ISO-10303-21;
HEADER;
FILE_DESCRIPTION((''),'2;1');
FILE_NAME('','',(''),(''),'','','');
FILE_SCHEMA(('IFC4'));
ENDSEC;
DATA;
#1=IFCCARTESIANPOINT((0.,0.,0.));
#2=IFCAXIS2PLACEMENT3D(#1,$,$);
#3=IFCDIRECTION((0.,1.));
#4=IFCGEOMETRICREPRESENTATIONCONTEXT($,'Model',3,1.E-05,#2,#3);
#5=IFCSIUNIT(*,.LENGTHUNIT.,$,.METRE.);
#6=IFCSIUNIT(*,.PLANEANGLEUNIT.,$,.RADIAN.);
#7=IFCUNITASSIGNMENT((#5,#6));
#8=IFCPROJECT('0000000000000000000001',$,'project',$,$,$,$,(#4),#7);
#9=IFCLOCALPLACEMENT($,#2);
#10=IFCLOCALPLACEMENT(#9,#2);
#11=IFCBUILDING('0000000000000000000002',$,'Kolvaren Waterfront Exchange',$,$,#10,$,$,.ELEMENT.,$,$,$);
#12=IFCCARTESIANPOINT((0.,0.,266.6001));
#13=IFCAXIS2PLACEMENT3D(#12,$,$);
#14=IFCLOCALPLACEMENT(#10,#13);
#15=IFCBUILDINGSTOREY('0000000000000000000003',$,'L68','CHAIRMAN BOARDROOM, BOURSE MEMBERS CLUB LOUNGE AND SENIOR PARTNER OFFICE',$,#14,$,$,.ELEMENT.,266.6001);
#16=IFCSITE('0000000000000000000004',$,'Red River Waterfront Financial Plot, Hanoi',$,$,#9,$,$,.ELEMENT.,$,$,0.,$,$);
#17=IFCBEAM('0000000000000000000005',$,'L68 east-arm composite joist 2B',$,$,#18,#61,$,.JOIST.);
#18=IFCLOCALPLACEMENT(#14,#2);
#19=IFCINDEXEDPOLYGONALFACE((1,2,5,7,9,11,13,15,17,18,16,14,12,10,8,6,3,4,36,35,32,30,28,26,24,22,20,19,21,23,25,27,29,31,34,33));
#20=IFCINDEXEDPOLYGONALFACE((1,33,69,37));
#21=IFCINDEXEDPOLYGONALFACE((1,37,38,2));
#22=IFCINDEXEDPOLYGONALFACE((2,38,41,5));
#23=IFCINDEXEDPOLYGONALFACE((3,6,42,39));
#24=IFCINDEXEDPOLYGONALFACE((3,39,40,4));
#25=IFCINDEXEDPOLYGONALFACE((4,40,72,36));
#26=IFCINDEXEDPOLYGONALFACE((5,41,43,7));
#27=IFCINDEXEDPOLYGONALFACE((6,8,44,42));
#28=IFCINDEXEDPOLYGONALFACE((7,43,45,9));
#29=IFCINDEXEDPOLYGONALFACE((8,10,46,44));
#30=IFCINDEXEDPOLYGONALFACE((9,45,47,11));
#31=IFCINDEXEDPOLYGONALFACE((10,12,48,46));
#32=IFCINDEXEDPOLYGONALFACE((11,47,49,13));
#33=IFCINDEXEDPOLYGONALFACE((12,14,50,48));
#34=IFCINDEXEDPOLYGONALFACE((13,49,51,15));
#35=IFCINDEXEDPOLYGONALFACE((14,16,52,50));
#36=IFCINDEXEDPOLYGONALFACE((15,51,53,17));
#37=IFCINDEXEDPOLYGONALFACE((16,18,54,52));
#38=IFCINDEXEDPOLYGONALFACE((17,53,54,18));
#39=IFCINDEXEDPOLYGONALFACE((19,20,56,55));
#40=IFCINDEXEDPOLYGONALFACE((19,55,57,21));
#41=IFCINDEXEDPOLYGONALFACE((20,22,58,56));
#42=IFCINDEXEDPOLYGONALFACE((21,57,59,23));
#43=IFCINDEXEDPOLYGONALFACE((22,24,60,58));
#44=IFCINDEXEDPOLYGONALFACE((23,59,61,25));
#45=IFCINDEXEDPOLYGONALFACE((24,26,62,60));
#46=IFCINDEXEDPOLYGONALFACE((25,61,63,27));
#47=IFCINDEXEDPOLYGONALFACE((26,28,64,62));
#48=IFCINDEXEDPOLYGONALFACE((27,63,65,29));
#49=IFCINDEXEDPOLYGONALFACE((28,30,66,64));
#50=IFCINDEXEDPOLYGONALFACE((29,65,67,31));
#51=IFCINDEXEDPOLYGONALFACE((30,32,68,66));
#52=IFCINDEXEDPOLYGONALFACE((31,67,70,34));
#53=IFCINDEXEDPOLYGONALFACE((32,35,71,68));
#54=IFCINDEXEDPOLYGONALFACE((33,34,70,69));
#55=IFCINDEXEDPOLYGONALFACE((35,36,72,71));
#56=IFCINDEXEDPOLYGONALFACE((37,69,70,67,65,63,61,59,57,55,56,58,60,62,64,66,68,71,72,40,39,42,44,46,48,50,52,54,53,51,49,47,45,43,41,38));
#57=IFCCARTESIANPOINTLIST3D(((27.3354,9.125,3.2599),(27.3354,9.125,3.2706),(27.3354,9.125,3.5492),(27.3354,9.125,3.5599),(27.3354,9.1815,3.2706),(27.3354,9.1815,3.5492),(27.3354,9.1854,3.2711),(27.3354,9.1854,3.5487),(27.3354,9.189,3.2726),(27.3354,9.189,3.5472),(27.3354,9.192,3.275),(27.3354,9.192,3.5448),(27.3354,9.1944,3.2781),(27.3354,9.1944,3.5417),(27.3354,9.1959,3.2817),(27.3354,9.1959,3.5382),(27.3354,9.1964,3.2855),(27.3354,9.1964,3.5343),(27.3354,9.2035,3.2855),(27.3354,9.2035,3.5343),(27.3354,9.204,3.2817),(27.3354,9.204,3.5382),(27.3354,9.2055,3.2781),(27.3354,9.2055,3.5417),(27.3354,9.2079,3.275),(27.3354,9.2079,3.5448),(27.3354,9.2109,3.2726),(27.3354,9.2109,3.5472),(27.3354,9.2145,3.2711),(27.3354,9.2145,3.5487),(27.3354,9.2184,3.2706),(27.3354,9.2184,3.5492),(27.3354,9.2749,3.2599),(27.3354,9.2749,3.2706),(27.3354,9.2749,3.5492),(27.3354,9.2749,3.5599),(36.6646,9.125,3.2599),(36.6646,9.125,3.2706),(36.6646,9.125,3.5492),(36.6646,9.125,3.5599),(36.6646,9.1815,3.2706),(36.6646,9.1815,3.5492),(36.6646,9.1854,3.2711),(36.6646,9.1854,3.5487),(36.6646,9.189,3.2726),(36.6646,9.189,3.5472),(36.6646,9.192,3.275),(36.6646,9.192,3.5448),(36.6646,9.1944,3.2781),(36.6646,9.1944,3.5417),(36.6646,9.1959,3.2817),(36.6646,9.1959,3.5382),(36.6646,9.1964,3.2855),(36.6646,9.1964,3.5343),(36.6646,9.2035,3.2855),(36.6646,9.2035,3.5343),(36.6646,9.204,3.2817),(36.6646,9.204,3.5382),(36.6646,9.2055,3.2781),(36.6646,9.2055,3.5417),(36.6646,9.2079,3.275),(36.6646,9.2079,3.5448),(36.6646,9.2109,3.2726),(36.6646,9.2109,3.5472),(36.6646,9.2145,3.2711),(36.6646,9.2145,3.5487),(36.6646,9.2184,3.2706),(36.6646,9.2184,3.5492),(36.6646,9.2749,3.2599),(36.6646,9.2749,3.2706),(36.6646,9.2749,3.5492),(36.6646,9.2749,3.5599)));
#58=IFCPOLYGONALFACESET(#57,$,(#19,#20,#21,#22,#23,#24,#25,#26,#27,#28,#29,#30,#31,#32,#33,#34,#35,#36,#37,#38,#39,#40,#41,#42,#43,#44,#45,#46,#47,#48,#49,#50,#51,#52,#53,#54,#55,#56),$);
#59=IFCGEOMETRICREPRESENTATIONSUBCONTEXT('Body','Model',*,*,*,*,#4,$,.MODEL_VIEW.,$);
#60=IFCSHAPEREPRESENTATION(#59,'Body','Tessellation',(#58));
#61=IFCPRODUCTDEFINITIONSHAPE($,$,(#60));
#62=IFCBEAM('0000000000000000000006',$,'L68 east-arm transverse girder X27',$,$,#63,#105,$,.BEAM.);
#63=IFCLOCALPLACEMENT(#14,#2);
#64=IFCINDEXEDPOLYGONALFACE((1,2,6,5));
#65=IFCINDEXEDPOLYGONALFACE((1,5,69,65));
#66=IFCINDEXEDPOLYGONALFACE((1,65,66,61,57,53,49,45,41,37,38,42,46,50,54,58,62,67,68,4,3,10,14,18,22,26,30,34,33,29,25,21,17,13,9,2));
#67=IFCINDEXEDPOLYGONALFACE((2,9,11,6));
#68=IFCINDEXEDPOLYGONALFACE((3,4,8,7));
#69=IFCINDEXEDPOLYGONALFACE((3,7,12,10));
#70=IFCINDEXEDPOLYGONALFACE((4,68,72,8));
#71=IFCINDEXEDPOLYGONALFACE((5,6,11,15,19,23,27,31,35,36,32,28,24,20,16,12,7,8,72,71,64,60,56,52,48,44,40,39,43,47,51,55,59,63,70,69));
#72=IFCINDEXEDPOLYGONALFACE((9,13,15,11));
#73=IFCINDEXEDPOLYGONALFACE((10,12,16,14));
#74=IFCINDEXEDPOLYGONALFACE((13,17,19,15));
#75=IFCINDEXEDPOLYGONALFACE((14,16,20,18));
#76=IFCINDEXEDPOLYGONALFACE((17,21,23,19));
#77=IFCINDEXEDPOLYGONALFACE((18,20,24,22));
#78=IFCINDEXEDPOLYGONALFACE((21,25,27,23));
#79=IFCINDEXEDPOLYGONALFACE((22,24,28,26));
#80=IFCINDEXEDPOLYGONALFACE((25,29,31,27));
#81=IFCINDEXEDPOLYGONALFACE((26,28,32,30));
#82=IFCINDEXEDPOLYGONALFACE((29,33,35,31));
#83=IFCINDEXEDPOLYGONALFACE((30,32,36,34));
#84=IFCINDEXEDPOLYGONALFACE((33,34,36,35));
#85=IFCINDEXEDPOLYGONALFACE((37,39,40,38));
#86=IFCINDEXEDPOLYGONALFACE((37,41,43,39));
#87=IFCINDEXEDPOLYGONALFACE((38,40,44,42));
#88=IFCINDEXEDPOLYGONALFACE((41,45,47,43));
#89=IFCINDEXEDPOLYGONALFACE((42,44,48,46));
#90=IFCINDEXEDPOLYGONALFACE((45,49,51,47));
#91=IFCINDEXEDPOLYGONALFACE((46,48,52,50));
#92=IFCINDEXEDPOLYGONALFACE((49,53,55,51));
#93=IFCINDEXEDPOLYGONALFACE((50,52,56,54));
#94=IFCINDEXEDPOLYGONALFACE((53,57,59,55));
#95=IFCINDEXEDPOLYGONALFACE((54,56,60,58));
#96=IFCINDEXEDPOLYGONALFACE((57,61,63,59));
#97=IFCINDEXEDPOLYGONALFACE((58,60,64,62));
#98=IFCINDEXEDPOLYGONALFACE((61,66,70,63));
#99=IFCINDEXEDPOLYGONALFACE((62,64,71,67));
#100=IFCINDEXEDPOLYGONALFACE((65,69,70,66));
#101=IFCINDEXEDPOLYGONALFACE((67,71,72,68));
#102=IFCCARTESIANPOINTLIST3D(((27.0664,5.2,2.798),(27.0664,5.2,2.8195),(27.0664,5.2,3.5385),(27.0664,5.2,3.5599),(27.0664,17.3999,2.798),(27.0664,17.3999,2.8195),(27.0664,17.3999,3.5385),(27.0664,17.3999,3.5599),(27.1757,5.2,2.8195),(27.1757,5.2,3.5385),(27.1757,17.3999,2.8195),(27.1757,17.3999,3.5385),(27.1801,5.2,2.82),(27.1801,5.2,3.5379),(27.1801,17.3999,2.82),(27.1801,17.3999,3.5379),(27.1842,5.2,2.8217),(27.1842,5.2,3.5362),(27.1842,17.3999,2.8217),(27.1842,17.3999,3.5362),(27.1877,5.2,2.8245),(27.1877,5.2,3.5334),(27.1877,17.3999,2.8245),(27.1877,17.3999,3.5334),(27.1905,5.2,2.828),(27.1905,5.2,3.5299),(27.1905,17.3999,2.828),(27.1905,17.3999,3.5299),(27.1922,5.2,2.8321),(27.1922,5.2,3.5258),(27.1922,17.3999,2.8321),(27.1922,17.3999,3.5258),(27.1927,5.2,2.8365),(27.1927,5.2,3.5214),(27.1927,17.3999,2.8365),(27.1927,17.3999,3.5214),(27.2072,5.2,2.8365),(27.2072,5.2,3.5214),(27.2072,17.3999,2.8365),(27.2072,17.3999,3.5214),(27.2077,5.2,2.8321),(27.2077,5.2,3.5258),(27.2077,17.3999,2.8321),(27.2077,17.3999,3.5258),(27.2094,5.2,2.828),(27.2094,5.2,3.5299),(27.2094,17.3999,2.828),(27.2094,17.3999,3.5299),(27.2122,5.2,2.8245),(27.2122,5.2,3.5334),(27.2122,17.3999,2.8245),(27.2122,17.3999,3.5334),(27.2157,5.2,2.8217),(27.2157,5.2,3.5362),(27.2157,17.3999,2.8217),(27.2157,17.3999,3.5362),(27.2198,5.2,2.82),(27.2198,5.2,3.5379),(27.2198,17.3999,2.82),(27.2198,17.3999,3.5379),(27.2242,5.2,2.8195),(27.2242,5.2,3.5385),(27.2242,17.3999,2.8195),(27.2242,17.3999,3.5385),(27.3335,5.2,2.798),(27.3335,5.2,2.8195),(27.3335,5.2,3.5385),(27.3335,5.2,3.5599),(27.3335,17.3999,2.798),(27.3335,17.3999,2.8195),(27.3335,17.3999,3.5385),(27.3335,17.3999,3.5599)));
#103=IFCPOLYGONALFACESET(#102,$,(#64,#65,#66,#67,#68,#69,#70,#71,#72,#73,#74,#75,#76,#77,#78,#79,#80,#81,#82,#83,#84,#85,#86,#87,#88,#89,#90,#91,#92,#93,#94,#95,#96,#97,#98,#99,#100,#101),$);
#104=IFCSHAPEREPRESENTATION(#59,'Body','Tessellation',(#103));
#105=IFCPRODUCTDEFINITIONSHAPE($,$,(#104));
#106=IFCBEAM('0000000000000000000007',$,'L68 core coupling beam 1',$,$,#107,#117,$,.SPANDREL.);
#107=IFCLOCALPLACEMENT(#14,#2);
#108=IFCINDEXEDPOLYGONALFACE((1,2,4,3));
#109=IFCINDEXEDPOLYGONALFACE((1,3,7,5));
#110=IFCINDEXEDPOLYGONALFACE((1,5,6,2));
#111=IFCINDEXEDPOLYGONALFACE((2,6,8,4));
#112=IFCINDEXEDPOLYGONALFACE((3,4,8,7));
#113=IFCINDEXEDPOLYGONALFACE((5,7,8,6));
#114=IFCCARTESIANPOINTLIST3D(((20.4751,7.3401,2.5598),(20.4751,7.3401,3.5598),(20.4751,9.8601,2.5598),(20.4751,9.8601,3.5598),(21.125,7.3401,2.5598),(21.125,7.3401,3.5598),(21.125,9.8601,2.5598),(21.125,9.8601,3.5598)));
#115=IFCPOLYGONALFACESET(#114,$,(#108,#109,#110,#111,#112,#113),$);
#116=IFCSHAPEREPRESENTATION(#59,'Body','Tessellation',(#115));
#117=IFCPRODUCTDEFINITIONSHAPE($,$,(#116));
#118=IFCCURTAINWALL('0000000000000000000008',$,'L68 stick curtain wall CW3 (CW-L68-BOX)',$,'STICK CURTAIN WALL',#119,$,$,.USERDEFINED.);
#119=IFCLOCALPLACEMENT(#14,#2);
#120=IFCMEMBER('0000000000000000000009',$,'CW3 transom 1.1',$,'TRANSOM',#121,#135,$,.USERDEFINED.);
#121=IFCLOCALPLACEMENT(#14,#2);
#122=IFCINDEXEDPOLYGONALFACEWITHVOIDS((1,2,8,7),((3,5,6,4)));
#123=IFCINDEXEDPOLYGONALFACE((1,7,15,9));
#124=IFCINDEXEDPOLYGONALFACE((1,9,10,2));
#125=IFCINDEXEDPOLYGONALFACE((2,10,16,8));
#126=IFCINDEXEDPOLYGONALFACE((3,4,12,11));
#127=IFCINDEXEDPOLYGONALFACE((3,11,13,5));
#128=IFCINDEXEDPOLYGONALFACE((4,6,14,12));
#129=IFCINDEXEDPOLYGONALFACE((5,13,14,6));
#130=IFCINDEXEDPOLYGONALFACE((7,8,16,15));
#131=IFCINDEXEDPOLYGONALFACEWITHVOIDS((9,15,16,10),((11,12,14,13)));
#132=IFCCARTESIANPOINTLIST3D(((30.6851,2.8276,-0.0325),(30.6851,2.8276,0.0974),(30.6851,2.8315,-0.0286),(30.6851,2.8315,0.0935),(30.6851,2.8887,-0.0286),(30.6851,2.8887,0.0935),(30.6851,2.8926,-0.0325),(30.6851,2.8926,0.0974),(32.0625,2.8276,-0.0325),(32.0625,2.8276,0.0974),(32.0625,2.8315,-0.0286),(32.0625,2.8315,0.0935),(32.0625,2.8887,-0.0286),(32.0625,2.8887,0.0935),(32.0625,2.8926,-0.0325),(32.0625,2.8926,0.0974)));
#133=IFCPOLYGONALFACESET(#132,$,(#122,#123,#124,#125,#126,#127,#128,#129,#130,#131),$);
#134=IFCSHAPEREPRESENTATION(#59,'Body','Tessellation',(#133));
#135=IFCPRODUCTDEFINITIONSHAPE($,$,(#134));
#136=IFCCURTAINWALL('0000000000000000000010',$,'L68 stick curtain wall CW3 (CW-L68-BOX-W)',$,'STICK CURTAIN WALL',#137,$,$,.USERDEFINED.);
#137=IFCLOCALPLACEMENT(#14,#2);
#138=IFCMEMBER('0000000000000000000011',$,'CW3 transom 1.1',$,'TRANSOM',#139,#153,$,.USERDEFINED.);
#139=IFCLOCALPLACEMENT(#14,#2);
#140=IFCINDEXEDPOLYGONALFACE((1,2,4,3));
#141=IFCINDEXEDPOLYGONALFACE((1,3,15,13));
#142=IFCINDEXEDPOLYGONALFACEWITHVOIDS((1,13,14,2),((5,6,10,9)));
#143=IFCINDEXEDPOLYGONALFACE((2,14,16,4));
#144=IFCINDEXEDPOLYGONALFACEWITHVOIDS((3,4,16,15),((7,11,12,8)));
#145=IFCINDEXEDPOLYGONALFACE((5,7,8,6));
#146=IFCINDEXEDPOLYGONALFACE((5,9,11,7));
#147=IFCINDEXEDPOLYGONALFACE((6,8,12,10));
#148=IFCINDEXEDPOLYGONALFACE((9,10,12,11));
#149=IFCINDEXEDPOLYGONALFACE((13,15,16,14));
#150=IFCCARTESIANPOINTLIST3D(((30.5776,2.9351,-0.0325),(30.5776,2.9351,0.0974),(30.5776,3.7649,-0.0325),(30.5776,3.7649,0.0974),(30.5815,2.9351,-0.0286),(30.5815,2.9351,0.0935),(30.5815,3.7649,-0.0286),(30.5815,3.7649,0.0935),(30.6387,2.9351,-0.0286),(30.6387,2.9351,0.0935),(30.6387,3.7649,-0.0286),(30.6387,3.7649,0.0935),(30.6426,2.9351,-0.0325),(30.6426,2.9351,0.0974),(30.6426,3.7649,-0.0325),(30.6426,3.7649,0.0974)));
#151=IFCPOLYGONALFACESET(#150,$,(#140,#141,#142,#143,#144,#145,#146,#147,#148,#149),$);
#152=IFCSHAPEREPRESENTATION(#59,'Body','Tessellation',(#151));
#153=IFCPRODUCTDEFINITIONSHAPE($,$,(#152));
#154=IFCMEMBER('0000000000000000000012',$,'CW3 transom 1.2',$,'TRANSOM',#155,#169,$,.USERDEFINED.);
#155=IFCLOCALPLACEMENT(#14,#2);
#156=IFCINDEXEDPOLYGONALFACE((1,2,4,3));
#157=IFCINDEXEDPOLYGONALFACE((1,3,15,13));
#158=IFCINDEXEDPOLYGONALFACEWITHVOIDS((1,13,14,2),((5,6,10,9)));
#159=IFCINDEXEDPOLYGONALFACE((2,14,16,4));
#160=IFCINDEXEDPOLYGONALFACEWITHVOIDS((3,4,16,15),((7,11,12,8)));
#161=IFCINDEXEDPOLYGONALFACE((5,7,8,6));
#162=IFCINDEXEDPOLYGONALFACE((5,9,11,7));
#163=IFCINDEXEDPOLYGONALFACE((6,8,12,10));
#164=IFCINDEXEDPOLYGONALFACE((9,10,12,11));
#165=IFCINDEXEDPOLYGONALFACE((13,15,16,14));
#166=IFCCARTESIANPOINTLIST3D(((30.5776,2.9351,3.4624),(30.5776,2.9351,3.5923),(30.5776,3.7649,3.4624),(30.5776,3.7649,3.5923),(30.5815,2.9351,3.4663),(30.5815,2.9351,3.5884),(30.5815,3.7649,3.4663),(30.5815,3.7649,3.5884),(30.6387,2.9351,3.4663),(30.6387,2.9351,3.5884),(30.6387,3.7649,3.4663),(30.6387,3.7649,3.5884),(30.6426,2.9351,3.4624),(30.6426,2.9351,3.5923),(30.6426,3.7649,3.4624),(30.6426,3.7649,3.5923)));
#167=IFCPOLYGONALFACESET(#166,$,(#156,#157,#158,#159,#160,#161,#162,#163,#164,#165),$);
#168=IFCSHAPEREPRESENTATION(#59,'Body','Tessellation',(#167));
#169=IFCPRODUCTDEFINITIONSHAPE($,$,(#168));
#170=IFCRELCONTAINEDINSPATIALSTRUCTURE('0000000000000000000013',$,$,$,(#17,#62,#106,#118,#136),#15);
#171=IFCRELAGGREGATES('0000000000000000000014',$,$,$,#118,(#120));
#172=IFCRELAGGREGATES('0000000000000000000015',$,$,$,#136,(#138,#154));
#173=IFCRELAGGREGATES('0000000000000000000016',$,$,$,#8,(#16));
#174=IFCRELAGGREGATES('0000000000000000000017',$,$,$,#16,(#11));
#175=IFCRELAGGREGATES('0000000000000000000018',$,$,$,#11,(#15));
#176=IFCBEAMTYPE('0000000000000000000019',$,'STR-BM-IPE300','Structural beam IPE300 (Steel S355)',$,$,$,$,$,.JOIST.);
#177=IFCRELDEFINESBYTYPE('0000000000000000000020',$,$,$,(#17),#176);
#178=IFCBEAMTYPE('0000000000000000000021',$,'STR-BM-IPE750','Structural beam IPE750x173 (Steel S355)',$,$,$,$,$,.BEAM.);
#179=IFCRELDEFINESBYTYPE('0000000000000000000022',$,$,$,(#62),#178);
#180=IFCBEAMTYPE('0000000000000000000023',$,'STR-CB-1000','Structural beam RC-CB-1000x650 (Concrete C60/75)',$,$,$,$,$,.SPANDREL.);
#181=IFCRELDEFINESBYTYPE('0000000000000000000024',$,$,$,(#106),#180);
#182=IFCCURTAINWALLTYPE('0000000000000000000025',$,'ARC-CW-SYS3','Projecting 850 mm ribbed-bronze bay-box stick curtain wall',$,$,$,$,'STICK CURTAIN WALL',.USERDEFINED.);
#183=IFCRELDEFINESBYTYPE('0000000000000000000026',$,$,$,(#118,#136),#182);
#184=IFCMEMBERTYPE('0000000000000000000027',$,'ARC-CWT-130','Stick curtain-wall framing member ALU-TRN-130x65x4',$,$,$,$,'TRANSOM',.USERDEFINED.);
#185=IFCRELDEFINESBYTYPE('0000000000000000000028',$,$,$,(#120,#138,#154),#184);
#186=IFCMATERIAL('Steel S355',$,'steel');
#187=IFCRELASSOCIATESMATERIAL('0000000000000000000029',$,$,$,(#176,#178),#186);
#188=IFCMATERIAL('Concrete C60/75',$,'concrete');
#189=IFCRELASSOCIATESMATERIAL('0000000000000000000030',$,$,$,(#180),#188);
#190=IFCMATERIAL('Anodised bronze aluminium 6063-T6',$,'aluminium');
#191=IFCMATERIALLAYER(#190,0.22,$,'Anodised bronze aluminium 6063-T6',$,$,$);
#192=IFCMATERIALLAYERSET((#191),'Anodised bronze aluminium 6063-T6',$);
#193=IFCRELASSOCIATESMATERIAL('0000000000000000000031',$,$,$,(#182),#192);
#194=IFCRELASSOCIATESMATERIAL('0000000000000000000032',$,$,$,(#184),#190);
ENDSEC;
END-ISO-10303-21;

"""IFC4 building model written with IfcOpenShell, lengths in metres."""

from ifc_helpers import new_model, si_unit, direction, frame, origin, origin_with_axes, origin_2d, place, context, subcontext, project, spatial, rectangle, hollow_rectangle, i_section, extrude, source, transform, mapped, material, layer, layer_set, material_profile, profile_set, type_object, element, aggregate, save


model = new_model("IFC4")

# Units and contexts
model_context = context("Model", 3, precision=1e-05, world=origin(), true_north=direction((0.0, 1.0)))
body_context = subcontext(model_context, "Body", "Model", "MODEL_VIEW")
ifc_project = project(units=[si_unit("LENGTHUNIT", "METRE"), si_unit("PLANEANGLEUNIT", "RADIAN")], contexts=[model_context])

# Site, building, storey
site_placement = place(None, origin())
site = spatial("IfcSite", under=ifc_project, at=site_placement, Name="Red River Waterfront Financial Plot, Hanoi", CompositionType="ELEMENT", RefElevation=0.0)
building_placement = place(site_placement, origin())
building = spatial("IfcBuilding", under=site, at=building_placement, Name="Kolvaren Waterfront Exchange", CompositionType="ELEMENT")
storey_placement = place(building_placement, frame((0.0, 0.0, 266.6001)))
storey = spatial("IfcBuildingStorey", under=building, at=storey_placement, Name="L68", Description="CHAIRMAN BOARDROOM, BOURSE MEMBERS CLUB LOUNGE AND SENIOR PARTNER OFFICE", CompositionType="ELEMENT", Elevation=266.6001)

# Beams
ifc_material_1 = material(Name="Steel S355", Category="steel")
ifc_material_profile_1 = material_profile(ifc_material_1, i_section(OverallWidth=0.1499, OverallDepth=0.3, WebThickness=0.0071, FlangeThickness=0.0107, FilletRadius=0.0149, at=origin_2d()), Name="IPE300")
ifc_profile_set_1 = profile_set([ifc_material_profile_1], Name="Steel S355")
beam_type_1 = type_object("IfcBeamType", Name="STR-BM-IPE300", Description="Structural beam IPE300 (Steel S355)", PredefinedType="JOIST", material=ifc_profile_set_1)
beam_1_placement = place(storey_placement, frame((27.3354, 9.2, 3.4099), z_axis=(1.0, 0.0, 0.0), x_axis=(0.0, 1.0, 0.0)))
element("IfcBeam", 1, at=beam_1_placement, inside=storey, type_object=beam_type_1, Name="L68 east-arm composite joist 2B", PredefinedType="JOIST", context=body_context, shape_type="SweptSolid", body=[
    extrude(i_section(OverallWidth=0.1499, OverallDepth=0.3, WebThickness=0.0071, FlangeThickness=0.0107, FilletRadius=0.0149, at=origin_2d()), origin(), (0.0, 0.0, 1.0), 9.3291),
])
ifc_material_profile_2 = material_profile(ifc_material_1, i_section(OverallWidth=0.2671, OverallDepth=0.762, WebThickness=0.0144, FlangeThickness=0.0215, FilletRadius=0.0171, at=origin_2d()), Name="IPE750x173")
ifc_profile_set_2 = profile_set([ifc_material_profile_2], Name="Steel S355")
beam_type_2 = type_object("IfcBeamType", Name="STR-BM-IPE750", Description="Structural beam IPE750x173 (Steel S355)", PredefinedType="BEAM", material=ifc_profile_set_2)
beam_2_placement = place(storey_placement, frame((27.2, 5.2, 3.179), z_axis=(0.0, 1.0, 0.0), x_axis=(-1.0, 0.0, 0.0)))
element("IfcBeam", 2, at=beam_2_placement, inside=storey, type_object=beam_type_2, Name="L68 east-arm transverse girder X27", PredefinedType="BEAM", context=body_context, shape_type="SweptSolid", body=[
    extrude(i_section(OverallWidth=0.2671, OverallDepth=0.762, WebThickness=0.0144, FlangeThickness=0.0215, FilletRadius=0.0171, at=origin_2d()), origin(), (0.0, 0.0, 1.0), 12.2),
])
ifc_material_2 = material(Name="Concrete C60/75", Category="concrete")
ifc_material_profile_3 = material_profile(ifc_material_2, rectangle(XDim=0.6499, YDim=1.0, at=origin_2d()), Name="RC-CB-1000x650")
ifc_profile_set_3 = profile_set([ifc_material_profile_3], Name="Concrete C60/75")
beam_type_3 = type_object("IfcBeamType", Name="STR-CB-1000", Description="Structural beam RC-CB-1000x650 (Concrete C60/75)", PredefinedType="SPANDREL", material=ifc_profile_set_3)
beam_3_placement = place(storey_placement, frame((20.8, 7.3401, 3.0598), z_axis=(0.0, 1.0, 0.0), x_axis=(-1.0, 0.0, 0.0)))
element("IfcBeam", 3, at=beam_3_placement, inside=storey, type_object=beam_type_3, Name="L68 core coupling beam 1", PredefinedType="SPANDREL", context=body_context, shape_type="SweptSolid", body=[
    extrude(rectangle(XDim=0.6499, YDim=1.0, at=origin_2d()), origin(), (0.0, 0.0, 1.0), 2.52),
])

# Curtain wall, member
ifc_material_3 = material(Name="Anodised bronze aluminium 6063-T6", Category="aluminium")
ifc_layer_1 = layer(ifc_material_3, 0.22, Name="Anodised bronze aluminium 6063-T6")
ifc_layer_set_1 = layer_set([ifc_layer_1], Name="Anodised bronze aluminium 6063-T6")
curtain_wall_type_1 = type_object("IfcCurtainWallType", Name="ARC-CW-SYS3", Description="Projecting 850 mm ribbed-bronze bay-box stick curtain wall", ElementType="STICK CURTAIN WALL", PredefinedType="USERDEFINED", material=ifc_layer_set_1)
curtain_wall_1_placement = place(storey_placement, origin())
curtain_wall_1 = element("IfcCurtainWall", 4, at=curtain_wall_1_placement, inside=storey, type_object=curtain_wall_type_1, Name="L68 stick curtain wall CW3 (CW-L68-BOX)", ObjectType="STICK CURTAIN WALL", PredefinedType="USERDEFINED")
ifc_material_profile_4 = material_profile(ifc_material_3, hollow_rectangle(XDim=0.0649, YDim=0.1299, WallThickness=0.0039, at=origin_2d()), Name="ALU-TRN-130x65x4")
ifc_profile_set_4 = profile_set([ifc_material_profile_4], Name="Anodised bronze aluminium 6063-T6")
member_type_1 = type_object("IfcMemberType", Name="ARC-CWT-130", Description="Stick curtain-wall framing member ALU-TRN-130x65x4", ElementType="TRANSOM", PredefinedType="USERDEFINED", material=ifc_profile_set_4)
shared_shape_1 = source(origin_with_axes(), body_context, "Body", "SweptSolid", [
    extrude(hollow_rectangle(XDim=0.0649, YDim=0.1299, WallThickness=0.0039, at=origin_2d()), origin(), (0.0, 0.0, 1.0), 1.3774),
])
member_1_placement = place(storey_placement, frame((30.6851, 2.8601, 0.0325), z_axis=(1.0, 0.0, 0.0), x_axis=(0.0, 1.0, 0.0)))
member_1 = element("IfcMember", 5, at=member_1_placement, type_object=member_type_1, Name="CW3 transom 1.1", ObjectType="TRANSOM", PredefinedType="USERDEFINED", context=body_context, shape_type="MappedRepresentation", body=[
    mapped(shared_shape_1, transform((0.0, 0.0, 0.0), x_axis=(1.0, 0.0, 0.0), y_axis=(0.0, 1.0, 0.0), z_axis=(0.0, 0.0, 1.0), scale=1.0)),
])

# Curtain wall, members
curtain_wall_2_placement = place(storey_placement, origin())
curtain_wall_2 = element("IfcCurtainWall", 6, at=curtain_wall_2_placement, inside=storey, type_object=curtain_wall_type_1, Name="L68 stick curtain wall CW3 (CW-L68-BOX-W)", ObjectType="STICK CURTAIN WALL", PredefinedType="USERDEFINED")
shared_shape_2 = source(origin_with_axes(), body_context, "Body", "SweptSolid", [
    extrude(hollow_rectangle(XDim=0.0649, YDim=0.1299, WallThickness=0.0039, at=origin_2d()), origin(), (0.0, 0.0, 1.0), 0.8298),
])
member_2_placement = place(storey_placement, frame((30.6101, 3.7649, 0.0325), z_axis=(0.0, -1.0, 0.0), x_axis=(1.0, 0.0, 0.0)))
member_2 = element("IfcMember", 7, at=member_2_placement, type_object=member_type_1, Name="CW3 transom 1.1", ObjectType="TRANSOM", PredefinedType="USERDEFINED", context=body_context, shape_type="MappedRepresentation", body=[
    mapped(shared_shape_2, transform((0.0, 0.0, 0.0), x_axis=(1.0, 0.0, 0.0), y_axis=(0.0, 1.0, 0.0), z_axis=(0.0, 0.0, 1.0), scale=1.0)),
])
member_3_placement = place(storey_placement, frame((30.6101, 3.7649, 3.5273), z_axis=(0.0, -1.0, 0.0), x_axis=(1.0, 0.0, 0.0)))
member_3 = element("IfcMember", 8, at=member_3_placement, type_object=member_type_1, Name="CW3 transom 1.2", ObjectType="TRANSOM", PredefinedType="USERDEFINED", context=body_context, shape_type="MappedRepresentation", body=[
    mapped(shared_shape_2, transform((0.0, 0.0, 0.0), x_axis=(1.0, 0.0, 0.0), y_axis=(0.0, 1.0, 0.0), z_axis=(0.0, 0.0, 1.0), scale=1.0)),
])

aggregate(curtain_wall_1, [member_1])

aggregate(curtain_wall_2, [member_2, member_3])

save(model, "model.ifc")
